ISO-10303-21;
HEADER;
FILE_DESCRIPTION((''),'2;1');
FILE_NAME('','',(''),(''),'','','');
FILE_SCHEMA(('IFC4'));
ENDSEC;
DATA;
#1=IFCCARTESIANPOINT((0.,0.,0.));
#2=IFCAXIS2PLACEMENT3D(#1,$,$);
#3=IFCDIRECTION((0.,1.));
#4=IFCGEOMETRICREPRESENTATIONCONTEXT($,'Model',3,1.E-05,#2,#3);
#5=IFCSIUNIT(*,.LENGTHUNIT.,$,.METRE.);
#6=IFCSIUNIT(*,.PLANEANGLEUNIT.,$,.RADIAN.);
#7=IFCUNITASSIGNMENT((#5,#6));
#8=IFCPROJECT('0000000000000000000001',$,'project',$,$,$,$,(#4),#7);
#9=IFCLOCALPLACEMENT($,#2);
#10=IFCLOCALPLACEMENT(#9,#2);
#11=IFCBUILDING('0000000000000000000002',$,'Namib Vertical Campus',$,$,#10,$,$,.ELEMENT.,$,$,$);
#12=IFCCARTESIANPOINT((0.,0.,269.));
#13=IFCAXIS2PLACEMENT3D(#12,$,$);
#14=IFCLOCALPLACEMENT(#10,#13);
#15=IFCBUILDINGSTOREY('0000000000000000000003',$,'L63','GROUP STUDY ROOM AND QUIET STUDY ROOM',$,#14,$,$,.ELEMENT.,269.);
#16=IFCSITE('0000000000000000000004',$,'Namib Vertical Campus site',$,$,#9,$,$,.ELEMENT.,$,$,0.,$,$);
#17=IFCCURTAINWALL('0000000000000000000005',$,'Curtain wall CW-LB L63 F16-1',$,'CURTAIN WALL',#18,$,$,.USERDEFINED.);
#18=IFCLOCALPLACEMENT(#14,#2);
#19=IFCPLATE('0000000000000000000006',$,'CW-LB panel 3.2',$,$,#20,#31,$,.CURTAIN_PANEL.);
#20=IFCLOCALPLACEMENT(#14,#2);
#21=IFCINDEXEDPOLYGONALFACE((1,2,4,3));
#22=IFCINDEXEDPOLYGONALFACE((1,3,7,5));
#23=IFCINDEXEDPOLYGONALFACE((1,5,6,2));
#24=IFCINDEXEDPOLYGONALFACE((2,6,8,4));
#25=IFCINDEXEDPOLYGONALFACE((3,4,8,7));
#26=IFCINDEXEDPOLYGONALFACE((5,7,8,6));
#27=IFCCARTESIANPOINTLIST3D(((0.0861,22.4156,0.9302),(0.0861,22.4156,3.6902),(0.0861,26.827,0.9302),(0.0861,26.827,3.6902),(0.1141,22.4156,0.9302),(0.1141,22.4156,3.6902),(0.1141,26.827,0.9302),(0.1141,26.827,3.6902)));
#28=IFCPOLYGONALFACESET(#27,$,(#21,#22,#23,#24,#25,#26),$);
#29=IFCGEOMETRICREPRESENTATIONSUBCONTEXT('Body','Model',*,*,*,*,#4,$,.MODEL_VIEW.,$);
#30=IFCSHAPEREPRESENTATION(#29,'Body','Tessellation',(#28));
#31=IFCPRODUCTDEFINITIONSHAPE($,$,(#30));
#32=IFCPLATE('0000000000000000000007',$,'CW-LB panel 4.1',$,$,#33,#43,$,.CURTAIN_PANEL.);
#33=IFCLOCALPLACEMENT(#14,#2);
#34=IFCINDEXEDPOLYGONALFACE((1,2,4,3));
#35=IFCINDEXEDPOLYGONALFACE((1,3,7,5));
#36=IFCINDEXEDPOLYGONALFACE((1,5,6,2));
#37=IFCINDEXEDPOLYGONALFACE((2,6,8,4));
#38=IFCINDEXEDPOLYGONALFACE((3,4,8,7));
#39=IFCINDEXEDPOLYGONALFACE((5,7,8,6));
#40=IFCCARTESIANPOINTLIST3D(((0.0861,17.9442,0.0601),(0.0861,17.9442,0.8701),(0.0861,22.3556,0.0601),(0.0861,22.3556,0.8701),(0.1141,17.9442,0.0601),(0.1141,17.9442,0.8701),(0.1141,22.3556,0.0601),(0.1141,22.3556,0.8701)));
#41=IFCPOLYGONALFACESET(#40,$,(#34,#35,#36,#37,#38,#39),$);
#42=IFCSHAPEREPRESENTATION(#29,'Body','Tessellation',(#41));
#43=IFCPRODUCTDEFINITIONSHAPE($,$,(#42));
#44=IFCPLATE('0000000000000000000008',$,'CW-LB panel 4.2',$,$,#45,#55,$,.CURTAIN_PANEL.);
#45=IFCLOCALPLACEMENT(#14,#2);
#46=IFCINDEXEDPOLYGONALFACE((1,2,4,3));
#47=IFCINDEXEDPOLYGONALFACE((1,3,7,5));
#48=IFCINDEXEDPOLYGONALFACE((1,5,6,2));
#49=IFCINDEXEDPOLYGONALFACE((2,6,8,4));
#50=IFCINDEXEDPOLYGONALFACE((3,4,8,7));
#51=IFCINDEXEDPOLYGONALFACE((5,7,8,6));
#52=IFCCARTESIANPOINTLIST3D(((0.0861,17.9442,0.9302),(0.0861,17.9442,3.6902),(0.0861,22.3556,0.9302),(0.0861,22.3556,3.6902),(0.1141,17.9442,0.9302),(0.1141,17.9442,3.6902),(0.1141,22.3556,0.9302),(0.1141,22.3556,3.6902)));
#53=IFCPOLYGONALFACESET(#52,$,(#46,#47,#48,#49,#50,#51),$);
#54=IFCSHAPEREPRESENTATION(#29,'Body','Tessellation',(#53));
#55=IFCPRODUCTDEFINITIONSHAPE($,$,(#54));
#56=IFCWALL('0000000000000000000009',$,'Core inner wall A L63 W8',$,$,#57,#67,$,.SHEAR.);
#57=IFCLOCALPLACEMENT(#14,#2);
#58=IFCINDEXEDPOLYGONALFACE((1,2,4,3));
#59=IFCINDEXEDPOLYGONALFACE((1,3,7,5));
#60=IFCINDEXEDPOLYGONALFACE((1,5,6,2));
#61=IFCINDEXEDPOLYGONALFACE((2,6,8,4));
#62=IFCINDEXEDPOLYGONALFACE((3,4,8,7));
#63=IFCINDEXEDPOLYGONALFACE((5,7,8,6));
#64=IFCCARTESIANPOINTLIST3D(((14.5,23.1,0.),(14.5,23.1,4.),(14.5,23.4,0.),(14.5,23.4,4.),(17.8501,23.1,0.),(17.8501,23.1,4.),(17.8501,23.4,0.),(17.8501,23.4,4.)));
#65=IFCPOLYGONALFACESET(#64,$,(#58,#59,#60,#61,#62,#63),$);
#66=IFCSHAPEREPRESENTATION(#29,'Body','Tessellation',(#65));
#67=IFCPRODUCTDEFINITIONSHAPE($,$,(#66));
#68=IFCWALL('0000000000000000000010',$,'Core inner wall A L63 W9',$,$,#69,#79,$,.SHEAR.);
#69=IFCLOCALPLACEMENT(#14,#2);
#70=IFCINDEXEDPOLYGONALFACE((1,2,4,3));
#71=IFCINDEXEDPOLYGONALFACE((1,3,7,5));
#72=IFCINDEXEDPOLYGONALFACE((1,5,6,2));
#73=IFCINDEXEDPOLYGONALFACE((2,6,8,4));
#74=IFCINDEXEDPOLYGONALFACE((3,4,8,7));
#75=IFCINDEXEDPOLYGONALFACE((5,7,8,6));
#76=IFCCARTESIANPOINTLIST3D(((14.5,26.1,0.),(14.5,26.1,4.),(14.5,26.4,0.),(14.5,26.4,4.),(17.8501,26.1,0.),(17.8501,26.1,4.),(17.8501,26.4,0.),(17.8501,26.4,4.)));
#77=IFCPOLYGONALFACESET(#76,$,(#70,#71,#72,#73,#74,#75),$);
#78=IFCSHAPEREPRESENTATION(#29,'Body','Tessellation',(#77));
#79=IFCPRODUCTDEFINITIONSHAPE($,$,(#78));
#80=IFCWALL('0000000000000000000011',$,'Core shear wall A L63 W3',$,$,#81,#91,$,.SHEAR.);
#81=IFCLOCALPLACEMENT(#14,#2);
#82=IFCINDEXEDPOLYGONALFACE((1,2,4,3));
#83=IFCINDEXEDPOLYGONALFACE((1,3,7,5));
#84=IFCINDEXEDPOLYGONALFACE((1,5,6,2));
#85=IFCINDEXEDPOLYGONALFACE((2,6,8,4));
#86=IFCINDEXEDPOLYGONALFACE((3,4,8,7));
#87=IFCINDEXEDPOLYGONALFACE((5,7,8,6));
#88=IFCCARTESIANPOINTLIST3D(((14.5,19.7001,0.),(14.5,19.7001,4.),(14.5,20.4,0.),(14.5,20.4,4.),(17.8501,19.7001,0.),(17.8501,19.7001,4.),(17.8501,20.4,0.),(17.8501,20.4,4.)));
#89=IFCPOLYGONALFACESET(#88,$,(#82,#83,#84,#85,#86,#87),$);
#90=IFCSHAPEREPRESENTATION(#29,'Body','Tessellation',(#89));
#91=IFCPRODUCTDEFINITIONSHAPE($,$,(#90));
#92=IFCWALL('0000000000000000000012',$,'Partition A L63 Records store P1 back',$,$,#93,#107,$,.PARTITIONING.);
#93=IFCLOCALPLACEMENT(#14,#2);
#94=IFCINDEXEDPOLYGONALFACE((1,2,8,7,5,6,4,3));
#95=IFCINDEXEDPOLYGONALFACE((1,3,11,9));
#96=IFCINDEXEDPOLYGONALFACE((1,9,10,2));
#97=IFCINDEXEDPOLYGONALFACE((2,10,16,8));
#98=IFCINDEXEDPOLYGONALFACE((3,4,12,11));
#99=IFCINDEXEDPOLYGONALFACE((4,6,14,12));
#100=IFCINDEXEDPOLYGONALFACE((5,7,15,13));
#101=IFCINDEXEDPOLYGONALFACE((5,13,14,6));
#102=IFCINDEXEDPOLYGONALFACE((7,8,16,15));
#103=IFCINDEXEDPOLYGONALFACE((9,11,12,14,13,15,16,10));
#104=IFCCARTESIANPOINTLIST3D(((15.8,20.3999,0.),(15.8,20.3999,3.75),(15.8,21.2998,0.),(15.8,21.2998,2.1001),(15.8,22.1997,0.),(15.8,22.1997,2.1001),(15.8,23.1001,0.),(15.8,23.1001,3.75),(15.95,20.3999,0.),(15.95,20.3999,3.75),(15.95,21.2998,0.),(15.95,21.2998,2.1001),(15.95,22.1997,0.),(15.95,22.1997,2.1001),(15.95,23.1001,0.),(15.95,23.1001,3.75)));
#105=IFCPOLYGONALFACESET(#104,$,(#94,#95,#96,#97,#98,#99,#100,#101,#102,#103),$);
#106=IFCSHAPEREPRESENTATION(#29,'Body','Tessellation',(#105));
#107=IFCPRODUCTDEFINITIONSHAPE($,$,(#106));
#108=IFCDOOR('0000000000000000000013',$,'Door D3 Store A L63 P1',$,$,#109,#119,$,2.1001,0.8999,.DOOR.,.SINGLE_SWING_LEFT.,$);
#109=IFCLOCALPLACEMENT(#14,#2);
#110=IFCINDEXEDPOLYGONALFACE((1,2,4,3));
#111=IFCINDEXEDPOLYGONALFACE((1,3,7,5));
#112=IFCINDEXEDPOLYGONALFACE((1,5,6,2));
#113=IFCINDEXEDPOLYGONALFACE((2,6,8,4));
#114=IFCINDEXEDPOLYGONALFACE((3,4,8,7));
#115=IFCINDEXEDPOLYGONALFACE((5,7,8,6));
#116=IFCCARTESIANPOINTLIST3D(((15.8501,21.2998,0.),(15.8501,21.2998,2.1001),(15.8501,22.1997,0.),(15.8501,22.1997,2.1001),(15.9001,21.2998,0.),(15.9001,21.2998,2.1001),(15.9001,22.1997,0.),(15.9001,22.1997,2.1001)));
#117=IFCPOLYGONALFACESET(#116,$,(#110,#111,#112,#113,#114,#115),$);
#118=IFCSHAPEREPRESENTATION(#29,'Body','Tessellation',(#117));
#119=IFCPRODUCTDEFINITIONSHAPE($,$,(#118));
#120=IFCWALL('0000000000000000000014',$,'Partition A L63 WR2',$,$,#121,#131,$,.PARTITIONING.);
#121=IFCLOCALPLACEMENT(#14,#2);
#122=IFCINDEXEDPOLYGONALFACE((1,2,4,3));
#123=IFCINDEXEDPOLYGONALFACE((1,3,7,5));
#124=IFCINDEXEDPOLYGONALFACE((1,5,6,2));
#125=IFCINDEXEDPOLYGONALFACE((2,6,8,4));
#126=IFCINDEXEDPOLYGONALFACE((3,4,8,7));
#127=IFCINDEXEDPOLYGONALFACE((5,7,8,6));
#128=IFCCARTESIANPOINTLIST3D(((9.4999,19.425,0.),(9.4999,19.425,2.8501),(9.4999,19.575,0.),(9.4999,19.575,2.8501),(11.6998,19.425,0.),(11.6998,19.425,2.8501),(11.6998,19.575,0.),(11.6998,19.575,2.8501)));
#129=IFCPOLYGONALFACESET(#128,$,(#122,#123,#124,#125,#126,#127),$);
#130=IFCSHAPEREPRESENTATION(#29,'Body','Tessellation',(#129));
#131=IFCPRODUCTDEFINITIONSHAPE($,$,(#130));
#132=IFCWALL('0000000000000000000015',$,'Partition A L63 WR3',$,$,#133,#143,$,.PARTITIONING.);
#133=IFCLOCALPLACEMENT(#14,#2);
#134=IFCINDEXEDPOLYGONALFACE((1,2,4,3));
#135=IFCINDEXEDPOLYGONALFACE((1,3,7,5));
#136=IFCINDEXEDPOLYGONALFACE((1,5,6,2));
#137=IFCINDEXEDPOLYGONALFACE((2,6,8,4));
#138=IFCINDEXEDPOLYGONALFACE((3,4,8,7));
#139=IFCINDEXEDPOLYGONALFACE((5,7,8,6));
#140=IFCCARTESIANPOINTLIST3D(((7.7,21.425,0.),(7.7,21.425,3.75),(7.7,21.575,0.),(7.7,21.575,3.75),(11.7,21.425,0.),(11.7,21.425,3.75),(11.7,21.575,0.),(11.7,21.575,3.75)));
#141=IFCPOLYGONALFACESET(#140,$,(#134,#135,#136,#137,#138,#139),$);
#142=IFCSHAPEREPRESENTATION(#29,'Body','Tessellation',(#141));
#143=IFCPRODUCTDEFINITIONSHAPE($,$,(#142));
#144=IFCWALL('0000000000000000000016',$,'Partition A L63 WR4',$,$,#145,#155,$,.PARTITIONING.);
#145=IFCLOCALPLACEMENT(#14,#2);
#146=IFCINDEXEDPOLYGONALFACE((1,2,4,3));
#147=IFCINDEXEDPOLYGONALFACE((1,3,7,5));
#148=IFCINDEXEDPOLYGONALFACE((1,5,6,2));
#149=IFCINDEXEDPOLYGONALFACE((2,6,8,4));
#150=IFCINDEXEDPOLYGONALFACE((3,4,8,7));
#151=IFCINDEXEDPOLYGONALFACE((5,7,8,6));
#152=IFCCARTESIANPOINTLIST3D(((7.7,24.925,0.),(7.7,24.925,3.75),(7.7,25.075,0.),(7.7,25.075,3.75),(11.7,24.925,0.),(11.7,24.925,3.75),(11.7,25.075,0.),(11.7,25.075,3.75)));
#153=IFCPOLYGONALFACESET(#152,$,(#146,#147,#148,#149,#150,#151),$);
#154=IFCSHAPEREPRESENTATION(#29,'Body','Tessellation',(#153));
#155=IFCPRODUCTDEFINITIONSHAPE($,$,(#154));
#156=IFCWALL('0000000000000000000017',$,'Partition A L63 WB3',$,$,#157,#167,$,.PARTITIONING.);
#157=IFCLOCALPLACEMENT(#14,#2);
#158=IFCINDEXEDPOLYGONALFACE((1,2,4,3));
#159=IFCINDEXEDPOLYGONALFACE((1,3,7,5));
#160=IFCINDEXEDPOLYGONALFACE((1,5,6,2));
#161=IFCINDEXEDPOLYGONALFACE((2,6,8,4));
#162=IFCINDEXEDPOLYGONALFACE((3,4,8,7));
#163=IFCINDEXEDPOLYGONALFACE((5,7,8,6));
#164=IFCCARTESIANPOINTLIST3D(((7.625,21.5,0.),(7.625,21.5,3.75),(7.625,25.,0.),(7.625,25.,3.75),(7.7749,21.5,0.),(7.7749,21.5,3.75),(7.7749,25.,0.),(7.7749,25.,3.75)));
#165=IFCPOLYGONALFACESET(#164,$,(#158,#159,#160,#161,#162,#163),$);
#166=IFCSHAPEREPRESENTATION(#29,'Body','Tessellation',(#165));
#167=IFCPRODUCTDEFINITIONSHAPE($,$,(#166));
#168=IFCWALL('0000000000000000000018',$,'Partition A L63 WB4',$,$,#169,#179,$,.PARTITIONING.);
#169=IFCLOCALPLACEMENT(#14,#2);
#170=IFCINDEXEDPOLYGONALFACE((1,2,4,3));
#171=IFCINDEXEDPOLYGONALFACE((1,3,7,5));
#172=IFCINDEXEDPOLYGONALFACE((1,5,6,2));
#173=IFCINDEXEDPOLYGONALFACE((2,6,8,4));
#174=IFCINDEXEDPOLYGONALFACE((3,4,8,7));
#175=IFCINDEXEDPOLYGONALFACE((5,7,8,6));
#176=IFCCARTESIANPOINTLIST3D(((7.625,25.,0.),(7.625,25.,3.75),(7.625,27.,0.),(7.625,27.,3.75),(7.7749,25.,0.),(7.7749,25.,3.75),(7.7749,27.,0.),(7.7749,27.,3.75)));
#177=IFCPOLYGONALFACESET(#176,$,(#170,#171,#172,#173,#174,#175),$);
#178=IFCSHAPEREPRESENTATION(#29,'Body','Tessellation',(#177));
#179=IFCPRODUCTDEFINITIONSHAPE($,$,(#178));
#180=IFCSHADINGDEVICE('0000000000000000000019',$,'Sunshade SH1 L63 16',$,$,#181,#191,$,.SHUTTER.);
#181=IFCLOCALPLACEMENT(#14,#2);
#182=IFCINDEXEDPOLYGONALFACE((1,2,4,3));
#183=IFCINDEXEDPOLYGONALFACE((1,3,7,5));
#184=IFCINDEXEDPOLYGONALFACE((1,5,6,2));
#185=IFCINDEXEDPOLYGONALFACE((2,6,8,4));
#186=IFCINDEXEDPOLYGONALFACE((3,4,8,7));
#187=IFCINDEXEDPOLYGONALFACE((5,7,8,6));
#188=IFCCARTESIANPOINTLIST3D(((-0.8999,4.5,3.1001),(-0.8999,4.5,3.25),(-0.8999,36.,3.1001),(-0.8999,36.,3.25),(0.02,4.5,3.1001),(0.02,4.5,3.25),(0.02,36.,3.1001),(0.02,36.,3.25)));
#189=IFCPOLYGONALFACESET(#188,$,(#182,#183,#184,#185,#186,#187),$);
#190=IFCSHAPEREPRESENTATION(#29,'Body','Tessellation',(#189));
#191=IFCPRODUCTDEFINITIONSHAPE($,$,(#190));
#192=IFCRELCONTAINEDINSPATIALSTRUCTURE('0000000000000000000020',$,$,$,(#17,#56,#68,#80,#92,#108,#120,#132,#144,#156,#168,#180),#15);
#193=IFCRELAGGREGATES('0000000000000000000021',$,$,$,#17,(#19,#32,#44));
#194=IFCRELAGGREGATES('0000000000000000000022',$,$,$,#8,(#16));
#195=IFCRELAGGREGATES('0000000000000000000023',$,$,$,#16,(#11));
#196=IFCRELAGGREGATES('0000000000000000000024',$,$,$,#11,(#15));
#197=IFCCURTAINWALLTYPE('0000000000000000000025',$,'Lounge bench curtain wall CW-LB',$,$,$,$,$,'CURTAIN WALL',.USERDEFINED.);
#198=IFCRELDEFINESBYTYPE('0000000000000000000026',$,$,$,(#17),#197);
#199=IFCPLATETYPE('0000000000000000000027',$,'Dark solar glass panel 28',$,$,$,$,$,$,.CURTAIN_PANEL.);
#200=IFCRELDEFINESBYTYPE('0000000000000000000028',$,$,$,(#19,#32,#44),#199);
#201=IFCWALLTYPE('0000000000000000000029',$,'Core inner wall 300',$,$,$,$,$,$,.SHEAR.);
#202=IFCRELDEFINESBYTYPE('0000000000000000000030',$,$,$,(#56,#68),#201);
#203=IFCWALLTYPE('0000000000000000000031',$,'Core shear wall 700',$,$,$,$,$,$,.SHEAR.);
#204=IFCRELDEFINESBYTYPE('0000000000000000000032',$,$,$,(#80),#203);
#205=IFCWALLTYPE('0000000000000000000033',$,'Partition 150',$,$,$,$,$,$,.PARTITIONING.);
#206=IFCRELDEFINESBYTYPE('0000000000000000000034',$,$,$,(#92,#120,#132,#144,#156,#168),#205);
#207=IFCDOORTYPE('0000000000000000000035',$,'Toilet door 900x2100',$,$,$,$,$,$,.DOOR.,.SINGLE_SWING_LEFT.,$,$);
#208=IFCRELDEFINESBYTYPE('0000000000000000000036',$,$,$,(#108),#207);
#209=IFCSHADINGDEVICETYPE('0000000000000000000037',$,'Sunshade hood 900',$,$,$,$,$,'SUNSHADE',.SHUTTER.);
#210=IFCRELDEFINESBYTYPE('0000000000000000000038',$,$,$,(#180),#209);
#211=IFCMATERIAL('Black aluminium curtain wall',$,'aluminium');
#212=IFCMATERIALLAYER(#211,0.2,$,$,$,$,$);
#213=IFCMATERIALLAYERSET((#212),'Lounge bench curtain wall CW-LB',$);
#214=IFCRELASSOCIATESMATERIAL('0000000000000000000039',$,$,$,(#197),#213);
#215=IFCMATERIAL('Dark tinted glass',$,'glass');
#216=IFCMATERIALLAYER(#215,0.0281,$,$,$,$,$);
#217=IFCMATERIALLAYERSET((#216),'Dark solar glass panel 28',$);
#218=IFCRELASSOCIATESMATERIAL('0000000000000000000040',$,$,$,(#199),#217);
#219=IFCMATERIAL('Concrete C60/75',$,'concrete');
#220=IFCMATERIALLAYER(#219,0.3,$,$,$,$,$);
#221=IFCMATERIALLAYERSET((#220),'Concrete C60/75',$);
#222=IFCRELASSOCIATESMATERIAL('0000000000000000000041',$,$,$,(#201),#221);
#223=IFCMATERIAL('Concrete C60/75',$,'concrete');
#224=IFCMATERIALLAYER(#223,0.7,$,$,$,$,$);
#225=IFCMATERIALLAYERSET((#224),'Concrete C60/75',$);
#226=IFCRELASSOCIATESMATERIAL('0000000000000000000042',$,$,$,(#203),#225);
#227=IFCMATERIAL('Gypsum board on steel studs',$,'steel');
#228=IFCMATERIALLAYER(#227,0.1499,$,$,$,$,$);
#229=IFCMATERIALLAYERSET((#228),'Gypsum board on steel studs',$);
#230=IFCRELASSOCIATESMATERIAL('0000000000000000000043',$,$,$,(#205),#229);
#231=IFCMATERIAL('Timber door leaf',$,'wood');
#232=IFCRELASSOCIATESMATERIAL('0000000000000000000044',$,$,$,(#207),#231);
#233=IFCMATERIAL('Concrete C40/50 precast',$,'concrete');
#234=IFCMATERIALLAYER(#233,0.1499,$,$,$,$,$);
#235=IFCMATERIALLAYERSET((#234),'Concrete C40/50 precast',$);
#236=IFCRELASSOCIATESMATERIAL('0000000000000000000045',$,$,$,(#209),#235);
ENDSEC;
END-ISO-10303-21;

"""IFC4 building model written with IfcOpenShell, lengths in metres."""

from ifc_helpers import new_model, si_unit, direction, frame, frame_2d, origin, origin_2d, place, context, subcontext, project, spatial, rectangle, extrude, material, layer, layer_set, type_object, element, fill, aggregate, save


model = new_model("IFC4")

# Units and contexts
model_context = context("Model", 3, precision=1e-05, world=origin(), true_north=direction((0.0, 1.0)))
body_context = subcontext(model_context, "Body", "Model", "MODEL_VIEW")
ifc_project = project(units=[si_unit("LENGTHUNIT", "METRE"), si_unit("PLANEANGLEUNIT", "RADIAN")], contexts=[model_context])

# Site, building, storey
site_placement = place(None, origin())
site = spatial("IfcSite", under=ifc_project, at=site_placement, Name="Namib Vertical Campus site", CompositionType="ELEMENT", RefElevation=0.0)
building_placement = place(site_placement, origin())
building = spatial("IfcBuilding", under=site, at=building_placement, Name="Namib Vertical Campus", CompositionType="ELEMENT")
storey_placement = place(building_placement, frame((0.0, 0.0, 269.0)))
storey = spatial("IfcBuildingStorey", under=building, at=storey_placement, Name="L63", Description="GROUP STUDY ROOM AND QUIET STUDY ROOM", CompositionType="ELEMENT", Elevation=269.0)

# Curtain wall
ifc_material_1 = material(Name="Black aluminium curtain wall", Category="aluminium")
ifc_layer_1 = layer(ifc_material_1, 0.2)
ifc_layer_set_1 = layer_set([ifc_layer_1], Name="Lounge bench curtain wall CW-LB")
curtain_wall_type = type_object("IfcCurtainWallType", Name="Lounge bench curtain wall CW-LB", ElementType="CURTAIN WALL", PredefinedType="USERDEFINED", material=ifc_layer_set_1)
curtain_wall_placement = place(storey_placement, origin())
curtain_wall = element("IfcCurtainWall", 1, at=curtain_wall_placement, inside=storey, type_object=curtain_wall_type, Name="Curtain wall CW-LB L63 F16-1", ObjectType="CURTAIN WALL", PredefinedType="USERDEFINED")

# Plates
ifc_material_2 = material(Name="Dark tinted glass", Category="glass")
ifc_layer_2 = layer(ifc_material_2, 0.0281)
ifc_layer_set_2 = layer_set([ifc_layer_2], Name="Dark solar glass panel 28")
plate_type = type_object("IfcPlateType", Name="Dark solar glass panel 28", PredefinedType="CURTAIN_PANEL", material=ifc_layer_set_2)
plate_1_placement = place(storey_placement, frame((0.1001, 24.6213, 0.9302), z_axis=(0.0, 0.0, 1.0), x_axis=(0.0, -1.0, 0.0)))
plate_1 = element("IfcPlate", 2, at=plate_1_placement, type_object=plate_type, Name="CW-LB panel 3.2", PredefinedType="CURTAIN_PANEL", context=body_context, shape_type="SweptSolid", body=[
    extrude(rectangle(XDim=4.4114, YDim=0.0281, at=origin_2d()), origin(), (0.0, 0.0, 1.0), 2.76),
])
plate_2_placement = place(storey_placement, frame((0.1001, 20.1499, 0.0601), z_axis=(0.0, 0.0, 1.0), x_axis=(0.0, -1.0, 0.0)))
plate_2 = element("IfcPlate", 3, at=plate_2_placement, type_object=plate_type, Name="CW-LB panel 4.1", PredefinedType="CURTAIN_PANEL", context=body_context, shape_type="SweptSolid", body=[
    extrude(rectangle(XDim=4.4114, YDim=0.0281, at=origin_2d()), origin(), (0.0, 0.0, 1.0), 0.8101),
])
plate_3_placement = place(storey_placement, frame((0.1001, 20.1499, 0.9302), z_axis=(0.0, 0.0, 1.0), x_axis=(0.0, -1.0, 0.0)))
plate_3 = element("IfcPlate", 4, at=plate_3_placement, type_object=plate_type, Name="CW-LB panel 4.2", PredefinedType="CURTAIN_PANEL", context=body_context, shape_type="SweptSolid", body=[
    extrude(rectangle(XDim=4.4114, YDim=0.0281, at=origin_2d()), origin(), (0.0, 0.0, 1.0), 2.76),
])
aggregate(curtain_wall, [plate_1, plate_2, plate_3])

# Walls
ifc_material_3 = material(Name="Concrete C60/75", Category="concrete")
ifc_layer_3 = layer(ifc_material_3, 0.3)
ifc_layer_set_3 = layer_set([ifc_layer_3], Name="Concrete C60/75")
wall_type_1 = type_object("IfcWallType", Name="Core inner wall 300", PredefinedType="SHEAR", material=ifc_layer_set_3)
for number, where, z_axis, x_axis, name in (
    (5, (14.5, 23.25, 0.0), (0.0, 0.0, 1.0), (1.0, 0.0, 0.0), "Core inner wall A L63 W8"),
    (6, (14.5, 26.25, 0.0), (0.0, 0.0, 1.0), (1.0, 0.0, 0.0), "Core inner wall A L63 W9"),
):
    element("IfcWall", number, at=place(storey_placement, frame(where, z_axis=z_axis, x_axis=x_axis)), inside=storey, type_object=wall_type_1, Name=name, PredefinedType="SHEAR", context=body_context, shape_type="SweptSolid", body=[
        extrude(rectangle(XDim=3.3501, YDim=0.3, at=frame_2d((1.675, 0.0))), origin(), (0.0, 0.0, 1.0), 4.0),
    ])
ifc_material_4 = material(Name="Concrete C60/75", Category="concrete")
ifc_layer_4 = layer(ifc_material_4, 0.7)
ifc_layer_set_4 = layer_set([ifc_layer_4], Name="Concrete C60/75")
wall_type_2 = type_object("IfcWallType", Name="Core shear wall 700", PredefinedType="SHEAR", material=ifc_layer_set_4)
wall_1_placement = place(storey_placement, frame((14.5, 20.05, 0.0), z_axis=(0.0, 0.0, 1.0), x_axis=(1.0, 0.0, 0.0)))
element("IfcWall", 7, at=wall_1_placement, inside=storey, type_object=wall_type_2, Name="Core shear wall A L63 W3", PredefinedType="SHEAR", context=body_context, shape_type="SweptSolid", body=[
    extrude(rectangle(XDim=3.3501, YDim=0.7, at=frame_2d((1.675, 0.0))), origin(), (0.0, 0.0, 1.0), 4.0),
])

# Wall, opening, door
ifc_material_5 = material(Name="Gypsum board on steel studs", Category="steel")
ifc_layer_5 = layer(ifc_material_5, 0.1499)
ifc_layer_set_5 = layer_set([ifc_layer_5], Name="Gypsum board on steel studs")
wall_type_3 = type_object("IfcWallType", Name="Partition 150", PredefinedType="PARTITIONING", material=ifc_layer_set_5)
wall_2_placement = place(storey_placement, frame((15.875, 20.3999, 0.0), z_axis=(0.0, 0.0, 1.0), x_axis=(0.0, 1.0, 0.0)))
wall_2 = element("IfcWall", 8, at=wall_2_placement, inside=storey, type_object=wall_type_3, Name="Partition A L63 Records store P1 back", PredefinedType="PARTITIONING", context=body_context, shape_type="SweptSolid", body=[
    extrude(rectangle(XDim=2.7002, YDim=0.1499, at=frame_2d((1.3501, 0.0))), origin(), (0.0, 0.0, 1.0), 3.75),
])
opening_placement = place(wall_2_placement, frame((0.8999, 0.0, 0.0)))
opening = element("IfcOpeningElement", 9, at=opening_placement, cuts=wall_2, PredefinedType="OPENING", context=body_context, shape_type="SweptSolid", body=[
    extrude(rectangle(XDim=0.8999, YDim=2.1001, at=frame_2d((0.45, 1.05))), frame((0.0, 0.085, 0.0), z_axis=(0.0, -1.0, 0.0), x_axis=(1.0, 0.0, 0.0)), (0.0, 0.0, 1.0), 0.1699),
])
ifc_material_6 = material(Name="Timber door leaf", Category="wood")
door_type = type_object("IfcDoorType", Name="Toilet door 900x2100", OperationType="SINGLE_SWING_LEFT", PredefinedType="DOOR", material=ifc_material_6)
door_placement = place(opening_placement, origin())
door = element("IfcDoor", 10, at=door_placement, inside=storey, type_object=door_type, Name="Door D3 Store A L63 P1", OperationType="SINGLE_SWING_LEFT", OverallHeight=2.1001, OverallWidth=0.8999, PredefinedType="DOOR", context=body_context, shape_type="SweptSolid", body=[
    extrude(rectangle(XDim=0.8999, YDim=2.1001, at=frame_2d((0.45, 1.05))), frame((0.0, 0.0249, 0.0), z_axis=(0.0, -1.0, 0.0), x_axis=(1.0, 0.0, 0.0)), (0.0, 0.0, 1.0), 0.05),
])
fill(opening, door)

# Walls
wall_3_placement = place(storey_placement, frame((11.7, 19.5, 0.0), z_axis=(0.0, 0.0, 1.0), x_axis=(-1.0, 0.0, 0.0)))
element("IfcWall", 11, at=wall_3_placement, inside=storey, type_object=wall_type_3, Name="Partition A L63 WR2", PredefinedType="PARTITIONING", context=body_context, shape_type="SweptSolid", body=[
    extrude(rectangle(XDim=2.2, YDim=0.1499, at=frame_2d((1.1001, 0.0))), origin(), (0.0, 0.0, 1.0), 2.8501),
])
for number, where, z_axis, x_axis, name in (
    (12, (11.7, 21.5, 0.0), (0.0, 0.0, 1.0), (-1.0, 0.0, 0.0), "Partition A L63 WR3"),
    (13, (11.7, 25.0, 0.0), (0.0, 0.0, 1.0), (-1.0, 0.0, 0.0), "Partition A L63 WR4"),
):
    element("IfcWall", number, at=place(storey_placement, frame(where, z_axis=z_axis, x_axis=x_axis)), inside=storey, type_object=wall_type_3, Name=name, PredefinedType="PARTITIONING", context=body_context, shape_type="SweptSolid", body=[
        extrude(rectangle(XDim=4.0, YDim=0.1499, at=frame_2d((2.0, 0.0))), origin(), (0.0, 0.0, 1.0), 3.75),
    ])
wall_4_placement = place(storey_placement, frame((7.7, 21.5, 0.0), z_axis=(0.0, 0.0, 1.0), x_axis=(0.0, 1.0, 0.0)))
element("IfcWall", 14, at=wall_4_placement, inside=storey, type_object=wall_type_3, Name="Partition A L63 WB3", PredefinedType="PARTITIONING", context=body_context, shape_type="SweptSolid", body=[
    extrude(rectangle(XDim=3.5, YDim=0.1499, at=frame_2d((1.75, 0.0))), origin(), (0.0, 0.0, 1.0), 3.75),
])
wall_5_placement = place(storey_placement, frame((7.7, 25.0, 0.0), z_axis=(0.0, 0.0, 1.0), x_axis=(0.0, 1.0, 0.0)))
element("IfcWall", 15, at=wall_5_placement, inside=storey, type_object=wall_type_3, Name="Partition A L63 WB4", PredefinedType="PARTITIONING", context=body_context, shape_type="SweptSolid", body=[
    extrude(rectangle(XDim=2.0, YDim=0.1499, at=frame_2d((1.0, 0.0))), origin(), (0.0, 0.0, 1.0), 3.75),
])

# Shading device
ifc_material_7 = material(Name="Concrete C40/50 precast", Category="concrete")
ifc_layer_6 = layer(ifc_material_7, 0.1499)
ifc_layer_set_6 = layer_set([ifc_layer_6], Name="Concrete C40/50 precast")
shading_device_type = type_object("IfcShadingDeviceType", Name="Sunshade hood 900", ElementType="SUNSHADE", PredefinedType="SHUTTER", material=ifc_layer_set_6)
shading_device_placement = place(storey_placement, frame((-0.4399, 20.25, 3.1001), z_axis=(0.0, 0.0, 1.0), x_axis=(0.0, -1.0, 0.0)))
element("IfcShadingDevice", 16, at=shading_device_placement, inside=storey, type_object=shading_device_type, Name="Sunshade SH1 L63 16", PredefinedType="SHUTTER", context=body_context, shape_type="SweptSolid", body=[
    extrude(rectangle(XDim=31.5, YDim=0.9199, at=origin_2d()), origin(), (0.0, 0.0, 1.0), 0.1499),
])

save(model, "model.ifc")
